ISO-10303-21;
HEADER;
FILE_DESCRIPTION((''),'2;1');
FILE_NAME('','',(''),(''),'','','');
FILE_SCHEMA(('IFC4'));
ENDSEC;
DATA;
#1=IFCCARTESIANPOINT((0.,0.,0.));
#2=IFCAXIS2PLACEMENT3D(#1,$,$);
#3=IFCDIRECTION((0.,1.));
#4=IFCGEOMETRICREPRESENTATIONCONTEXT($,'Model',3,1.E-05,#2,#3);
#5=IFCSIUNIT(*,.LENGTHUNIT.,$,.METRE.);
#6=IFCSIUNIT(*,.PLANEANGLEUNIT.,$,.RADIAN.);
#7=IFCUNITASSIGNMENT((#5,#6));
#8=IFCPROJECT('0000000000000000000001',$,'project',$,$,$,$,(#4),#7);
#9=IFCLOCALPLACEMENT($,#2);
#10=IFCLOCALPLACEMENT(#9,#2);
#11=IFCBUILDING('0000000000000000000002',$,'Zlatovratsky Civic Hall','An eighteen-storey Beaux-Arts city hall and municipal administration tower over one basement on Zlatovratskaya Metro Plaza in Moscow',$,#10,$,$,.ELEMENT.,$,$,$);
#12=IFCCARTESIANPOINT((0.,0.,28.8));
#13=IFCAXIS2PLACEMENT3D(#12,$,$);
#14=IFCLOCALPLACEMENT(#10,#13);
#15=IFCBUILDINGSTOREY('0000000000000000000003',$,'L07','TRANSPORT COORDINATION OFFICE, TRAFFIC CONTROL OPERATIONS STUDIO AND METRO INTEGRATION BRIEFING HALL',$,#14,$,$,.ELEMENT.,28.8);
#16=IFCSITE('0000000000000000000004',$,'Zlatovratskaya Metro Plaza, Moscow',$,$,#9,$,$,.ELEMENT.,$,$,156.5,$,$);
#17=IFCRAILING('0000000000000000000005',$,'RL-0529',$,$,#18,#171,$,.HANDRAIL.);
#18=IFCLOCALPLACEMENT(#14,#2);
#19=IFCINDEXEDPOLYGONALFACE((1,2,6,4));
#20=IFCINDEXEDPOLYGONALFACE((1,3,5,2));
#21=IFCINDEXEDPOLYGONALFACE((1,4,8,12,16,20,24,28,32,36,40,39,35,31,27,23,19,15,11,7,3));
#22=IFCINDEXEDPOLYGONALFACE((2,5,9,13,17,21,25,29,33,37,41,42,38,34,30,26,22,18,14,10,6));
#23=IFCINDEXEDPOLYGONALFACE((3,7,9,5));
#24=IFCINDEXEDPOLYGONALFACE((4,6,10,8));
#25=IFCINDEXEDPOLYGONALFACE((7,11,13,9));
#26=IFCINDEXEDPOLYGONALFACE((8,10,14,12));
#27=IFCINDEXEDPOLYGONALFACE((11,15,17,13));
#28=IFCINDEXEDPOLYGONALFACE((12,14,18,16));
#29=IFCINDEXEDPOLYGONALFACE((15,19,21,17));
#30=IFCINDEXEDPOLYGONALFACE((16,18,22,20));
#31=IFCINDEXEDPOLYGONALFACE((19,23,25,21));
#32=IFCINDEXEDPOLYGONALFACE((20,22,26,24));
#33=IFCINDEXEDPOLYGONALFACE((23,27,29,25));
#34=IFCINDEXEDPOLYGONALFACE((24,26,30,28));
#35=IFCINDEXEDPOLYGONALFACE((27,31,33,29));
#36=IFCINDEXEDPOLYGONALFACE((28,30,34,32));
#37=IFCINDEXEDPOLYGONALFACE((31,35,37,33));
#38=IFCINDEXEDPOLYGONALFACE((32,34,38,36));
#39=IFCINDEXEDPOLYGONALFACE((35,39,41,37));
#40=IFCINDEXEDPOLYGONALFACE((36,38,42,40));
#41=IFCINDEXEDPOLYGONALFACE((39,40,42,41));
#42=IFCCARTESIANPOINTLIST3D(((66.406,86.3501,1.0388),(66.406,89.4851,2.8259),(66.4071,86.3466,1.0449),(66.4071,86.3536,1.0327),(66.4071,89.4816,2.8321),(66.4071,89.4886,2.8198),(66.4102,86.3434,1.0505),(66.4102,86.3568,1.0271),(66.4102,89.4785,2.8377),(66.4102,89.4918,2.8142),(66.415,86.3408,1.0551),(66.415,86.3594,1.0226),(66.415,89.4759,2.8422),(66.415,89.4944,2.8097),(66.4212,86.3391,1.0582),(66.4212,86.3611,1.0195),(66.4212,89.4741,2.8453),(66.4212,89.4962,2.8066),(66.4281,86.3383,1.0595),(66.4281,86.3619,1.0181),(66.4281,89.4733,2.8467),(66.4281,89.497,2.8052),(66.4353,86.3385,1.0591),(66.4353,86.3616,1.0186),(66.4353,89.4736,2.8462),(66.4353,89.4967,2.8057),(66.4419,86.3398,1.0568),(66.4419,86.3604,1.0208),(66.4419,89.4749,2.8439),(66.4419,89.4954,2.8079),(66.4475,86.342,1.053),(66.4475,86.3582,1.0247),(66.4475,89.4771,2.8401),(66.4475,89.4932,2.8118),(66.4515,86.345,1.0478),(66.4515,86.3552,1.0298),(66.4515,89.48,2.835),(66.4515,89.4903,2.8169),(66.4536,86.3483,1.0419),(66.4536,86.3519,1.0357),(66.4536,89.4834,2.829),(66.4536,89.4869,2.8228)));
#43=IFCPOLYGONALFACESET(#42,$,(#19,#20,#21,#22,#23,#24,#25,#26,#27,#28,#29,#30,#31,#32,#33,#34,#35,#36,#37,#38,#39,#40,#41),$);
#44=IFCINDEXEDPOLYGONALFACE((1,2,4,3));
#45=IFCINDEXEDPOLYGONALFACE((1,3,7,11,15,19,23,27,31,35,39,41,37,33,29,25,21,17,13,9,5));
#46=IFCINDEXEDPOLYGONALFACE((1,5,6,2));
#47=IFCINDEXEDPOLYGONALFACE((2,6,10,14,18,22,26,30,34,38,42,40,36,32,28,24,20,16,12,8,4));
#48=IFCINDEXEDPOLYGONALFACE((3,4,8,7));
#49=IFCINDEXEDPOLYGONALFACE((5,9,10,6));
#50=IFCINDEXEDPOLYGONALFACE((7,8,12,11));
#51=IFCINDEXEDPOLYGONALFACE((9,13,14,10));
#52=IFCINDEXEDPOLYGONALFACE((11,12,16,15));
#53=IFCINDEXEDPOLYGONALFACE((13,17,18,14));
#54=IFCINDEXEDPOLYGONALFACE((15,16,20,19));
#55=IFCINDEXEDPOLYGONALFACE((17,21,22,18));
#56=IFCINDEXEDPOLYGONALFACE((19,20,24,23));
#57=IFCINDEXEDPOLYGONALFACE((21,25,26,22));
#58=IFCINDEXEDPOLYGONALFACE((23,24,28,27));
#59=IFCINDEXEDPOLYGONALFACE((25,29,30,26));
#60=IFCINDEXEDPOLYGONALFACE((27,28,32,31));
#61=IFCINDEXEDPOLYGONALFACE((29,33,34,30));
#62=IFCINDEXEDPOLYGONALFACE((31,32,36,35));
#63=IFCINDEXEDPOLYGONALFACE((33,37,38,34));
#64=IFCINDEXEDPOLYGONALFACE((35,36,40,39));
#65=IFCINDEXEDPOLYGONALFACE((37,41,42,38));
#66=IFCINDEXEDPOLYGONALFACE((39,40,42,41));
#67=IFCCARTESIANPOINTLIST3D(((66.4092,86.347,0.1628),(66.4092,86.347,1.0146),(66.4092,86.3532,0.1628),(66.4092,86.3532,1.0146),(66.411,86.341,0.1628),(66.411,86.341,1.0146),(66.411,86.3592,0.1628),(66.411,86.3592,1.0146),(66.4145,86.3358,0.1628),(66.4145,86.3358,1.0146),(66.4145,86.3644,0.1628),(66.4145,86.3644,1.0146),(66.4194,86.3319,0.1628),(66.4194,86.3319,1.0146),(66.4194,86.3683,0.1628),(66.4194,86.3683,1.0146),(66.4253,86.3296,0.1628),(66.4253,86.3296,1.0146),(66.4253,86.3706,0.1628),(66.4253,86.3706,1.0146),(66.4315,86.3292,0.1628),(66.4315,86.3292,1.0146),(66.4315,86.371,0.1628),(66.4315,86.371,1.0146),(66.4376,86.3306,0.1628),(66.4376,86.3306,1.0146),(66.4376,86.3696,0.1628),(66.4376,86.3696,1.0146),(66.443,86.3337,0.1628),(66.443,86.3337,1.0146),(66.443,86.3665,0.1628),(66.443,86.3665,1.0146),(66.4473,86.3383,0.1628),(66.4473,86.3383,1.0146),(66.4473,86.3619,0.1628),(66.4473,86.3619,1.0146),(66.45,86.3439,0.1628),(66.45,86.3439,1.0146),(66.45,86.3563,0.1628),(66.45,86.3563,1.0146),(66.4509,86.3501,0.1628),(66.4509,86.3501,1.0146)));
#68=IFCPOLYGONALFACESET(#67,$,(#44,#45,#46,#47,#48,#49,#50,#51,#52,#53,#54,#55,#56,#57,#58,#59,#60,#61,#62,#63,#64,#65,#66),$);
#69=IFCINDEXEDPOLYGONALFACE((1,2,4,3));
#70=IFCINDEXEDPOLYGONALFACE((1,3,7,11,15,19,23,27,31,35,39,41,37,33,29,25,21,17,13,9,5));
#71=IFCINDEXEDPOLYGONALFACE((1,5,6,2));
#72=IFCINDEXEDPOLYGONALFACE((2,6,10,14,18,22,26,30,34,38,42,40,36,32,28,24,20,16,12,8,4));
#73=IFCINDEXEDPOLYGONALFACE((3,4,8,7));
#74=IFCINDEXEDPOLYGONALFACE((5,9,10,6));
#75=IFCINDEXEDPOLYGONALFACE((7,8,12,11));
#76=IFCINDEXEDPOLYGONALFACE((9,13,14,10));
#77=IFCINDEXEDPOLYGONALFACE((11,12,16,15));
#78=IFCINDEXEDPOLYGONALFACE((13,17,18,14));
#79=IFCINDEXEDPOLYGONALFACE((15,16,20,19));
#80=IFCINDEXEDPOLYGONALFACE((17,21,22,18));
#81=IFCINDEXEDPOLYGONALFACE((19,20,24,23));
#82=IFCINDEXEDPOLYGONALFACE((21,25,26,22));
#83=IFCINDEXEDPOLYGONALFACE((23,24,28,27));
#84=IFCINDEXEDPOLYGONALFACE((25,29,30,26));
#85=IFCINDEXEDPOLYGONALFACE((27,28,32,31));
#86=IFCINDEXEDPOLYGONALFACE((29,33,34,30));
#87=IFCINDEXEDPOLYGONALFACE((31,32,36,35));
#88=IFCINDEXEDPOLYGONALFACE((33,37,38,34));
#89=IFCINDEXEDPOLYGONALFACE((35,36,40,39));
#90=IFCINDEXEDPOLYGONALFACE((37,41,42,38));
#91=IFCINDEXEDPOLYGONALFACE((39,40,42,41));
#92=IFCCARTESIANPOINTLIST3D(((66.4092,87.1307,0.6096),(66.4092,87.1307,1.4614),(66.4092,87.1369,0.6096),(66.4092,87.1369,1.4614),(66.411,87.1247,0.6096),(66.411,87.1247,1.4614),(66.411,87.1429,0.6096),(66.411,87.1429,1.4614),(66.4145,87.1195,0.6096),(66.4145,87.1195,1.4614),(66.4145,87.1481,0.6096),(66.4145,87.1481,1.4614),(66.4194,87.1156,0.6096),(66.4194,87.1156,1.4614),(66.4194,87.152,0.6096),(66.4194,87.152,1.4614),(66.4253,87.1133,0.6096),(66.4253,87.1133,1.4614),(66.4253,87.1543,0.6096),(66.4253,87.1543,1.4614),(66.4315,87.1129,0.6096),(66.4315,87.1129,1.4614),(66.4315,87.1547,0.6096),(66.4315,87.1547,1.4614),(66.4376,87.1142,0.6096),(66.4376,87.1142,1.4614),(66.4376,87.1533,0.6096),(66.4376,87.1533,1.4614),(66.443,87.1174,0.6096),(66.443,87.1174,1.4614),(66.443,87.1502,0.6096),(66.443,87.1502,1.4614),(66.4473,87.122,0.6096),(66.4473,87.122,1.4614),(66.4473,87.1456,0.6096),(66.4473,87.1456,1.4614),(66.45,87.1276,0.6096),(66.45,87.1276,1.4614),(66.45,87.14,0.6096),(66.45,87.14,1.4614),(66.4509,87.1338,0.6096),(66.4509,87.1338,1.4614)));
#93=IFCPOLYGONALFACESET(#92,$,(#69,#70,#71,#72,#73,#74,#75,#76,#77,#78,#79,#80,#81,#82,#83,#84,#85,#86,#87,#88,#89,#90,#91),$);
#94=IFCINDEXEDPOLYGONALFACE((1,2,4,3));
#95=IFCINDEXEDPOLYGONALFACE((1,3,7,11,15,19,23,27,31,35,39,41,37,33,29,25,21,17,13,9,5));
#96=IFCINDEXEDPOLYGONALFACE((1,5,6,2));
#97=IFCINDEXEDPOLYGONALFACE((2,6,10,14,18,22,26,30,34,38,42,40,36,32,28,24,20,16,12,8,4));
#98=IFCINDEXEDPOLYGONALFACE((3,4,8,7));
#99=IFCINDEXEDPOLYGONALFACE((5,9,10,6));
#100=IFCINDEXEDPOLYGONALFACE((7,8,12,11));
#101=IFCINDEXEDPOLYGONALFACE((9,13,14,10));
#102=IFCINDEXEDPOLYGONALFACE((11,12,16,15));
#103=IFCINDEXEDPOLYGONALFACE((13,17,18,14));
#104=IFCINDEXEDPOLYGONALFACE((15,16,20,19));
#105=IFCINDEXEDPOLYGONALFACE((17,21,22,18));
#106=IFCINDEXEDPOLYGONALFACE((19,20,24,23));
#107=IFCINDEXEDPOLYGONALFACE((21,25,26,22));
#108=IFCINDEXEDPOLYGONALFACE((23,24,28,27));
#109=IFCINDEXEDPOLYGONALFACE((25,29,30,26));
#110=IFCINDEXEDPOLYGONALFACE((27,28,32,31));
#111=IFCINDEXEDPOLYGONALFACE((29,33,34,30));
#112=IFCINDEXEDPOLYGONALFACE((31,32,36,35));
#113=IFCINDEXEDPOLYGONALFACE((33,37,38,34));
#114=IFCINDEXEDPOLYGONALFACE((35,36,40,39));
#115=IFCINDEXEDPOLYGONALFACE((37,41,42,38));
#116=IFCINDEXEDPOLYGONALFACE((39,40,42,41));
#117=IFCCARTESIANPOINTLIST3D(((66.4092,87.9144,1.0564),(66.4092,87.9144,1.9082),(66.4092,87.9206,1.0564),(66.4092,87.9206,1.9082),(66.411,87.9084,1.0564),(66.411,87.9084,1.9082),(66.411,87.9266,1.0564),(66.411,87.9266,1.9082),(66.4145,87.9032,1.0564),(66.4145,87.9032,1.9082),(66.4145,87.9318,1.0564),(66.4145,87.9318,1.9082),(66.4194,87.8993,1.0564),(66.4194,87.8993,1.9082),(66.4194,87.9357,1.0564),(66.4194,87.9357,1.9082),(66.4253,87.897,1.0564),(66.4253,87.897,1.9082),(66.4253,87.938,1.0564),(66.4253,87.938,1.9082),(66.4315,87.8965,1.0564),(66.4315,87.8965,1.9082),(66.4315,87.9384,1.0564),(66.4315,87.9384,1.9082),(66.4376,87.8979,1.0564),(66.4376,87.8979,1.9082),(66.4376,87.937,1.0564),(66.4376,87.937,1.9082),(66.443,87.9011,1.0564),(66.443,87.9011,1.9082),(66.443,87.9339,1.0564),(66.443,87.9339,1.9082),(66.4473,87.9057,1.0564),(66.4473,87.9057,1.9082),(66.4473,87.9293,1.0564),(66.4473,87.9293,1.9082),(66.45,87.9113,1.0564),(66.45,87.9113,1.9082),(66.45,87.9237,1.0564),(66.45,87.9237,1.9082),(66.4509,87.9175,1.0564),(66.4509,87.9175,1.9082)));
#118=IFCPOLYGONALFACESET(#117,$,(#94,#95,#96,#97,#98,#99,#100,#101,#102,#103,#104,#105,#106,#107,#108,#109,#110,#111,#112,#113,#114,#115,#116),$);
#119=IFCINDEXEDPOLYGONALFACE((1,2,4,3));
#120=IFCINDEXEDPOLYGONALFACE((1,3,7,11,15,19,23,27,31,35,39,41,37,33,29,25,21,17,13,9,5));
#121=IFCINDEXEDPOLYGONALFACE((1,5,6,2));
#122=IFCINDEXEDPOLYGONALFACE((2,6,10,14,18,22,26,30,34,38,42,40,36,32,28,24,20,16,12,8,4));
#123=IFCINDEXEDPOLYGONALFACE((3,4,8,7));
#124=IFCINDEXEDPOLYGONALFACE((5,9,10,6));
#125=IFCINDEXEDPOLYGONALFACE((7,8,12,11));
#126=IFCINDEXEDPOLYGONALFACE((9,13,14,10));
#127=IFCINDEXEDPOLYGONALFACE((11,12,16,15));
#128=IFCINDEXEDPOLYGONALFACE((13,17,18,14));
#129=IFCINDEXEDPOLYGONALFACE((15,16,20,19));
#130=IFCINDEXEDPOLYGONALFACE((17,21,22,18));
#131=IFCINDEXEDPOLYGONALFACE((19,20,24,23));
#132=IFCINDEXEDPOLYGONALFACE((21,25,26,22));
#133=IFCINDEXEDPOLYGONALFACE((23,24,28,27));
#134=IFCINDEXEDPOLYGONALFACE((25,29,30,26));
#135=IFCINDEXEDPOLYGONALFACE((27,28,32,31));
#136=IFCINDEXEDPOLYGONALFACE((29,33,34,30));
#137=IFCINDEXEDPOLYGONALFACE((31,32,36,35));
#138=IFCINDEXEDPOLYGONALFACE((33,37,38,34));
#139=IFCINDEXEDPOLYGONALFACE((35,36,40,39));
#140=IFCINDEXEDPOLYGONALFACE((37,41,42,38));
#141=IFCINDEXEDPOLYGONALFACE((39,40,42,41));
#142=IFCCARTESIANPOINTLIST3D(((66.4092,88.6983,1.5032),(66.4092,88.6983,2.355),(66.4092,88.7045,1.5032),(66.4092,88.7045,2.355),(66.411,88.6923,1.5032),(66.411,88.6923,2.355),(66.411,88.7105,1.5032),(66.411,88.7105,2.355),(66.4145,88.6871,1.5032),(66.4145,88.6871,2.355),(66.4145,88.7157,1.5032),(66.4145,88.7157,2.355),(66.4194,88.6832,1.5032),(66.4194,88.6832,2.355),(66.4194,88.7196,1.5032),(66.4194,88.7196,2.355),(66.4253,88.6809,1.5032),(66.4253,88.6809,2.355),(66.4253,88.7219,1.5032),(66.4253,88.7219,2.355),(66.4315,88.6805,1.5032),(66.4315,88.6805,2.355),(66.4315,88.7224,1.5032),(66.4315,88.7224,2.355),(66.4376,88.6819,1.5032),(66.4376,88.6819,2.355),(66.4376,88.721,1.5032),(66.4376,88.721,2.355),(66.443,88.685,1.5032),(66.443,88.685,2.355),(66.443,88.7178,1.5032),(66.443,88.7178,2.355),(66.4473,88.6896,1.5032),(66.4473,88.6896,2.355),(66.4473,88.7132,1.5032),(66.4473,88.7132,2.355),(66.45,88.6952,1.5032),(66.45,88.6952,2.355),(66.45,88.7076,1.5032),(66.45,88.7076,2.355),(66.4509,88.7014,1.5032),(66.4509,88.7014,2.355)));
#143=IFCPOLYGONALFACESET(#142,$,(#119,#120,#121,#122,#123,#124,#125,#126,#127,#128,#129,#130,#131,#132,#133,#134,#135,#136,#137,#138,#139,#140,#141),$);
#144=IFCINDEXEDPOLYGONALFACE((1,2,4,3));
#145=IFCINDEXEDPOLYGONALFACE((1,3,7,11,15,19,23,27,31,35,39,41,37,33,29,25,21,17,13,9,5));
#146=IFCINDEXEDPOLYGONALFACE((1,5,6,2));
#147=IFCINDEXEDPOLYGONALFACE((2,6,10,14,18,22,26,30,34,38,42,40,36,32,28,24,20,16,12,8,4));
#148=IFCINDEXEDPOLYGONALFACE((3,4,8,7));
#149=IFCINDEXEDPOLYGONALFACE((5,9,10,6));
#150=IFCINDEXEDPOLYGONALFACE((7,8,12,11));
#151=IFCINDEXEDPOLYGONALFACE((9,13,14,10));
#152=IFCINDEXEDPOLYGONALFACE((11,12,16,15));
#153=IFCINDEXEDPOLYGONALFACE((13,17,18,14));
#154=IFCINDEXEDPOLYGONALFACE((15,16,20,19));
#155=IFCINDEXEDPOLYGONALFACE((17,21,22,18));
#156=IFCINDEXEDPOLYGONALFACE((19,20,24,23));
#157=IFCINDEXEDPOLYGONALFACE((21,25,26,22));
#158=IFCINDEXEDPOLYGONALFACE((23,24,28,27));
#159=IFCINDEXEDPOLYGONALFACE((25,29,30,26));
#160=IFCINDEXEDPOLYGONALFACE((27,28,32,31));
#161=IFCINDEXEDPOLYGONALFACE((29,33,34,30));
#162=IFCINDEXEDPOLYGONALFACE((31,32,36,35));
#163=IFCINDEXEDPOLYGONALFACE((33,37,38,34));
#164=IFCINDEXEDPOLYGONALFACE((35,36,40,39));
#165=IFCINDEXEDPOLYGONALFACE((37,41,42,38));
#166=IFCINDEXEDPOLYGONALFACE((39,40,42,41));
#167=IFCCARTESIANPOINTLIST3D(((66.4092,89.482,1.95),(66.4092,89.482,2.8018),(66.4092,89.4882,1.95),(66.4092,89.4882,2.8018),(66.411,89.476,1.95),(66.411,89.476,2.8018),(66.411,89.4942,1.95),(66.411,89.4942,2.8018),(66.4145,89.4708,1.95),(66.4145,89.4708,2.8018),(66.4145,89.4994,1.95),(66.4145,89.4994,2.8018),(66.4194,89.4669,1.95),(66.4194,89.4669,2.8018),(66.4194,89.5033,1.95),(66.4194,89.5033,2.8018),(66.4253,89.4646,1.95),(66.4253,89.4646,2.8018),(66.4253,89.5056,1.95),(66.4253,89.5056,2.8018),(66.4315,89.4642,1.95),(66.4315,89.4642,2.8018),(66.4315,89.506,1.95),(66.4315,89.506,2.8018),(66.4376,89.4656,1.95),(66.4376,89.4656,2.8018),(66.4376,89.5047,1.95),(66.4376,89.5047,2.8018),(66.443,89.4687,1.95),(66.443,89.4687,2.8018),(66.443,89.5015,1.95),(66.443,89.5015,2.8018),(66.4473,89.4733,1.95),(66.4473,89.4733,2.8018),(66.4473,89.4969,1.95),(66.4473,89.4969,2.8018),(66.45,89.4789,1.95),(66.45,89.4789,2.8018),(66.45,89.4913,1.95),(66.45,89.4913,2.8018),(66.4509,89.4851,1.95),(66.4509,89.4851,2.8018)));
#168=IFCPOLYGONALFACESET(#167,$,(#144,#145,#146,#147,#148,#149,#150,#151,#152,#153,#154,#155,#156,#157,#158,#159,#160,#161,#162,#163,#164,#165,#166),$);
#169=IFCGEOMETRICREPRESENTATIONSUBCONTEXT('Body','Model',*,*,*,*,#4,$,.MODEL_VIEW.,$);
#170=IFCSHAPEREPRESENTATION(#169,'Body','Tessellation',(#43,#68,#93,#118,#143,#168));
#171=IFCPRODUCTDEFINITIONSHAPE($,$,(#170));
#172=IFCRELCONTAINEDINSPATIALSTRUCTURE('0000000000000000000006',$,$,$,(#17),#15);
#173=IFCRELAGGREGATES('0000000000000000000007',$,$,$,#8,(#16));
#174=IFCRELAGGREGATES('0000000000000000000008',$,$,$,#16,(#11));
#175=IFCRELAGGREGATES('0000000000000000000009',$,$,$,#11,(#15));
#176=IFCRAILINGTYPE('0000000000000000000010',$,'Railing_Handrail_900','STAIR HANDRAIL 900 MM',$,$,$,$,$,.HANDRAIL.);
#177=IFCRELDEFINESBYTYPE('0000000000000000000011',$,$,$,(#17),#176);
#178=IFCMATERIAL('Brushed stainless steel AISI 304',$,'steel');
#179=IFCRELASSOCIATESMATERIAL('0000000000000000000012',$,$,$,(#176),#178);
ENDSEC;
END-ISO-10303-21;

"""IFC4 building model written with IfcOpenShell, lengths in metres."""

from ifc_helpers import new_model, si_unit, direction, frame, origin, origin_2d, place, context, subcontext, project, spatial, circle, extrude, material, type_object, element, save


model = new_model("IFC4")

# Units and contexts
model_context = context("Model", 3, precision=1e-05, world=origin(), true_north=direction((0.0, 1.0)))
body_context = subcontext(model_context, "Body", "Model", "MODEL_VIEW")
ifc_project = project(units=[si_unit("LENGTHUNIT", "METRE"), si_unit("PLANEANGLEUNIT", "RADIAN")], contexts=[model_context])

# Site, building, storey
site_placement = place(None, origin())
site = spatial("IfcSite", under=ifc_project, at=site_placement, Name="Zlatovratskaya Metro Plaza, Moscow", CompositionType="ELEMENT", RefElevation=156.5)
building_placement = place(site_placement, origin())
building = spatial("IfcBuilding", under=site, at=building_placement, Name="Zlatovratsky Civic Hall", Description="An eighteen-storey Beaux-Arts city hall and municipal administration tower over one basement on Zlatovratskaya Metro Plaza in Moscow", CompositionType="ELEMENT")
storey_placement = place(building_placement, frame((0.0, 0.0, 28.8)))
storey = spatial("IfcBuildingStorey", under=building, at=storey_placement, Name="L07", Description="TRANSPORT COORDINATION OFFICE, TRAFFIC CONTROL OPERATIONS STUDIO AND METRO INTEGRATION BRIEFING HALL", CompositionType="ELEMENT", Elevation=28.8)

# Railing
ifc_material_1 = material(Name="Brushed stainless steel AISI 304", Category="steel")
railing_type_1 = type_object("IfcRailingType", Name="Railing_Handrail_900", Description="STAIR HANDRAIL 900 MM", PredefinedType="HANDRAIL", material=ifc_material_1)
railing_1_placement = place(storey_placement, frame((66.4299, 86.3501, 0.1628)))
element("IfcRailing", 1, at=railing_1_placement, inside=storey, type_object=railing_type_1, Name="RL-0529", PredefinedType="HANDRAIL", context=body_context, shape_type="SweptSolid", body=[
    extrude(circle(Radius=0.0239, at=origin_2d()), frame((0.0, 0.0, 0.876), z_axis=(0.0, 0.868759, 0.495235), x_axis=(-1.0, 0.0, 0.0)), (0.0, 0.0, 1.0), 3.6086),
    extrude(circle(Radius=0.021, at=origin_2d()), origin(), (0.0, 0.0, 1.0), 0.8518),
    extrude(circle(Radius=0.021, at=origin_2d()), frame((0.0, 0.7837, 0.4468)), (0.0, 0.0, 1.0), 0.8518),
    extrude(circle(Radius=0.021, at=origin_2d()), frame((0.0, 1.5674, 0.8936)), (0.0, 0.0, 1.0), 0.8518),
    extrude(circle(Radius=0.021, at=origin_2d()), frame((0.0, 2.3513, 1.3403)), (0.0, 0.0, 1.0), 0.8518),
    extrude(circle(Radius=0.021, at=origin_2d()), frame((0.0, 3.135, 1.7871)), (0.0, 0.0, 1.0), 0.8518),
])

save(model, "model.ifc")
